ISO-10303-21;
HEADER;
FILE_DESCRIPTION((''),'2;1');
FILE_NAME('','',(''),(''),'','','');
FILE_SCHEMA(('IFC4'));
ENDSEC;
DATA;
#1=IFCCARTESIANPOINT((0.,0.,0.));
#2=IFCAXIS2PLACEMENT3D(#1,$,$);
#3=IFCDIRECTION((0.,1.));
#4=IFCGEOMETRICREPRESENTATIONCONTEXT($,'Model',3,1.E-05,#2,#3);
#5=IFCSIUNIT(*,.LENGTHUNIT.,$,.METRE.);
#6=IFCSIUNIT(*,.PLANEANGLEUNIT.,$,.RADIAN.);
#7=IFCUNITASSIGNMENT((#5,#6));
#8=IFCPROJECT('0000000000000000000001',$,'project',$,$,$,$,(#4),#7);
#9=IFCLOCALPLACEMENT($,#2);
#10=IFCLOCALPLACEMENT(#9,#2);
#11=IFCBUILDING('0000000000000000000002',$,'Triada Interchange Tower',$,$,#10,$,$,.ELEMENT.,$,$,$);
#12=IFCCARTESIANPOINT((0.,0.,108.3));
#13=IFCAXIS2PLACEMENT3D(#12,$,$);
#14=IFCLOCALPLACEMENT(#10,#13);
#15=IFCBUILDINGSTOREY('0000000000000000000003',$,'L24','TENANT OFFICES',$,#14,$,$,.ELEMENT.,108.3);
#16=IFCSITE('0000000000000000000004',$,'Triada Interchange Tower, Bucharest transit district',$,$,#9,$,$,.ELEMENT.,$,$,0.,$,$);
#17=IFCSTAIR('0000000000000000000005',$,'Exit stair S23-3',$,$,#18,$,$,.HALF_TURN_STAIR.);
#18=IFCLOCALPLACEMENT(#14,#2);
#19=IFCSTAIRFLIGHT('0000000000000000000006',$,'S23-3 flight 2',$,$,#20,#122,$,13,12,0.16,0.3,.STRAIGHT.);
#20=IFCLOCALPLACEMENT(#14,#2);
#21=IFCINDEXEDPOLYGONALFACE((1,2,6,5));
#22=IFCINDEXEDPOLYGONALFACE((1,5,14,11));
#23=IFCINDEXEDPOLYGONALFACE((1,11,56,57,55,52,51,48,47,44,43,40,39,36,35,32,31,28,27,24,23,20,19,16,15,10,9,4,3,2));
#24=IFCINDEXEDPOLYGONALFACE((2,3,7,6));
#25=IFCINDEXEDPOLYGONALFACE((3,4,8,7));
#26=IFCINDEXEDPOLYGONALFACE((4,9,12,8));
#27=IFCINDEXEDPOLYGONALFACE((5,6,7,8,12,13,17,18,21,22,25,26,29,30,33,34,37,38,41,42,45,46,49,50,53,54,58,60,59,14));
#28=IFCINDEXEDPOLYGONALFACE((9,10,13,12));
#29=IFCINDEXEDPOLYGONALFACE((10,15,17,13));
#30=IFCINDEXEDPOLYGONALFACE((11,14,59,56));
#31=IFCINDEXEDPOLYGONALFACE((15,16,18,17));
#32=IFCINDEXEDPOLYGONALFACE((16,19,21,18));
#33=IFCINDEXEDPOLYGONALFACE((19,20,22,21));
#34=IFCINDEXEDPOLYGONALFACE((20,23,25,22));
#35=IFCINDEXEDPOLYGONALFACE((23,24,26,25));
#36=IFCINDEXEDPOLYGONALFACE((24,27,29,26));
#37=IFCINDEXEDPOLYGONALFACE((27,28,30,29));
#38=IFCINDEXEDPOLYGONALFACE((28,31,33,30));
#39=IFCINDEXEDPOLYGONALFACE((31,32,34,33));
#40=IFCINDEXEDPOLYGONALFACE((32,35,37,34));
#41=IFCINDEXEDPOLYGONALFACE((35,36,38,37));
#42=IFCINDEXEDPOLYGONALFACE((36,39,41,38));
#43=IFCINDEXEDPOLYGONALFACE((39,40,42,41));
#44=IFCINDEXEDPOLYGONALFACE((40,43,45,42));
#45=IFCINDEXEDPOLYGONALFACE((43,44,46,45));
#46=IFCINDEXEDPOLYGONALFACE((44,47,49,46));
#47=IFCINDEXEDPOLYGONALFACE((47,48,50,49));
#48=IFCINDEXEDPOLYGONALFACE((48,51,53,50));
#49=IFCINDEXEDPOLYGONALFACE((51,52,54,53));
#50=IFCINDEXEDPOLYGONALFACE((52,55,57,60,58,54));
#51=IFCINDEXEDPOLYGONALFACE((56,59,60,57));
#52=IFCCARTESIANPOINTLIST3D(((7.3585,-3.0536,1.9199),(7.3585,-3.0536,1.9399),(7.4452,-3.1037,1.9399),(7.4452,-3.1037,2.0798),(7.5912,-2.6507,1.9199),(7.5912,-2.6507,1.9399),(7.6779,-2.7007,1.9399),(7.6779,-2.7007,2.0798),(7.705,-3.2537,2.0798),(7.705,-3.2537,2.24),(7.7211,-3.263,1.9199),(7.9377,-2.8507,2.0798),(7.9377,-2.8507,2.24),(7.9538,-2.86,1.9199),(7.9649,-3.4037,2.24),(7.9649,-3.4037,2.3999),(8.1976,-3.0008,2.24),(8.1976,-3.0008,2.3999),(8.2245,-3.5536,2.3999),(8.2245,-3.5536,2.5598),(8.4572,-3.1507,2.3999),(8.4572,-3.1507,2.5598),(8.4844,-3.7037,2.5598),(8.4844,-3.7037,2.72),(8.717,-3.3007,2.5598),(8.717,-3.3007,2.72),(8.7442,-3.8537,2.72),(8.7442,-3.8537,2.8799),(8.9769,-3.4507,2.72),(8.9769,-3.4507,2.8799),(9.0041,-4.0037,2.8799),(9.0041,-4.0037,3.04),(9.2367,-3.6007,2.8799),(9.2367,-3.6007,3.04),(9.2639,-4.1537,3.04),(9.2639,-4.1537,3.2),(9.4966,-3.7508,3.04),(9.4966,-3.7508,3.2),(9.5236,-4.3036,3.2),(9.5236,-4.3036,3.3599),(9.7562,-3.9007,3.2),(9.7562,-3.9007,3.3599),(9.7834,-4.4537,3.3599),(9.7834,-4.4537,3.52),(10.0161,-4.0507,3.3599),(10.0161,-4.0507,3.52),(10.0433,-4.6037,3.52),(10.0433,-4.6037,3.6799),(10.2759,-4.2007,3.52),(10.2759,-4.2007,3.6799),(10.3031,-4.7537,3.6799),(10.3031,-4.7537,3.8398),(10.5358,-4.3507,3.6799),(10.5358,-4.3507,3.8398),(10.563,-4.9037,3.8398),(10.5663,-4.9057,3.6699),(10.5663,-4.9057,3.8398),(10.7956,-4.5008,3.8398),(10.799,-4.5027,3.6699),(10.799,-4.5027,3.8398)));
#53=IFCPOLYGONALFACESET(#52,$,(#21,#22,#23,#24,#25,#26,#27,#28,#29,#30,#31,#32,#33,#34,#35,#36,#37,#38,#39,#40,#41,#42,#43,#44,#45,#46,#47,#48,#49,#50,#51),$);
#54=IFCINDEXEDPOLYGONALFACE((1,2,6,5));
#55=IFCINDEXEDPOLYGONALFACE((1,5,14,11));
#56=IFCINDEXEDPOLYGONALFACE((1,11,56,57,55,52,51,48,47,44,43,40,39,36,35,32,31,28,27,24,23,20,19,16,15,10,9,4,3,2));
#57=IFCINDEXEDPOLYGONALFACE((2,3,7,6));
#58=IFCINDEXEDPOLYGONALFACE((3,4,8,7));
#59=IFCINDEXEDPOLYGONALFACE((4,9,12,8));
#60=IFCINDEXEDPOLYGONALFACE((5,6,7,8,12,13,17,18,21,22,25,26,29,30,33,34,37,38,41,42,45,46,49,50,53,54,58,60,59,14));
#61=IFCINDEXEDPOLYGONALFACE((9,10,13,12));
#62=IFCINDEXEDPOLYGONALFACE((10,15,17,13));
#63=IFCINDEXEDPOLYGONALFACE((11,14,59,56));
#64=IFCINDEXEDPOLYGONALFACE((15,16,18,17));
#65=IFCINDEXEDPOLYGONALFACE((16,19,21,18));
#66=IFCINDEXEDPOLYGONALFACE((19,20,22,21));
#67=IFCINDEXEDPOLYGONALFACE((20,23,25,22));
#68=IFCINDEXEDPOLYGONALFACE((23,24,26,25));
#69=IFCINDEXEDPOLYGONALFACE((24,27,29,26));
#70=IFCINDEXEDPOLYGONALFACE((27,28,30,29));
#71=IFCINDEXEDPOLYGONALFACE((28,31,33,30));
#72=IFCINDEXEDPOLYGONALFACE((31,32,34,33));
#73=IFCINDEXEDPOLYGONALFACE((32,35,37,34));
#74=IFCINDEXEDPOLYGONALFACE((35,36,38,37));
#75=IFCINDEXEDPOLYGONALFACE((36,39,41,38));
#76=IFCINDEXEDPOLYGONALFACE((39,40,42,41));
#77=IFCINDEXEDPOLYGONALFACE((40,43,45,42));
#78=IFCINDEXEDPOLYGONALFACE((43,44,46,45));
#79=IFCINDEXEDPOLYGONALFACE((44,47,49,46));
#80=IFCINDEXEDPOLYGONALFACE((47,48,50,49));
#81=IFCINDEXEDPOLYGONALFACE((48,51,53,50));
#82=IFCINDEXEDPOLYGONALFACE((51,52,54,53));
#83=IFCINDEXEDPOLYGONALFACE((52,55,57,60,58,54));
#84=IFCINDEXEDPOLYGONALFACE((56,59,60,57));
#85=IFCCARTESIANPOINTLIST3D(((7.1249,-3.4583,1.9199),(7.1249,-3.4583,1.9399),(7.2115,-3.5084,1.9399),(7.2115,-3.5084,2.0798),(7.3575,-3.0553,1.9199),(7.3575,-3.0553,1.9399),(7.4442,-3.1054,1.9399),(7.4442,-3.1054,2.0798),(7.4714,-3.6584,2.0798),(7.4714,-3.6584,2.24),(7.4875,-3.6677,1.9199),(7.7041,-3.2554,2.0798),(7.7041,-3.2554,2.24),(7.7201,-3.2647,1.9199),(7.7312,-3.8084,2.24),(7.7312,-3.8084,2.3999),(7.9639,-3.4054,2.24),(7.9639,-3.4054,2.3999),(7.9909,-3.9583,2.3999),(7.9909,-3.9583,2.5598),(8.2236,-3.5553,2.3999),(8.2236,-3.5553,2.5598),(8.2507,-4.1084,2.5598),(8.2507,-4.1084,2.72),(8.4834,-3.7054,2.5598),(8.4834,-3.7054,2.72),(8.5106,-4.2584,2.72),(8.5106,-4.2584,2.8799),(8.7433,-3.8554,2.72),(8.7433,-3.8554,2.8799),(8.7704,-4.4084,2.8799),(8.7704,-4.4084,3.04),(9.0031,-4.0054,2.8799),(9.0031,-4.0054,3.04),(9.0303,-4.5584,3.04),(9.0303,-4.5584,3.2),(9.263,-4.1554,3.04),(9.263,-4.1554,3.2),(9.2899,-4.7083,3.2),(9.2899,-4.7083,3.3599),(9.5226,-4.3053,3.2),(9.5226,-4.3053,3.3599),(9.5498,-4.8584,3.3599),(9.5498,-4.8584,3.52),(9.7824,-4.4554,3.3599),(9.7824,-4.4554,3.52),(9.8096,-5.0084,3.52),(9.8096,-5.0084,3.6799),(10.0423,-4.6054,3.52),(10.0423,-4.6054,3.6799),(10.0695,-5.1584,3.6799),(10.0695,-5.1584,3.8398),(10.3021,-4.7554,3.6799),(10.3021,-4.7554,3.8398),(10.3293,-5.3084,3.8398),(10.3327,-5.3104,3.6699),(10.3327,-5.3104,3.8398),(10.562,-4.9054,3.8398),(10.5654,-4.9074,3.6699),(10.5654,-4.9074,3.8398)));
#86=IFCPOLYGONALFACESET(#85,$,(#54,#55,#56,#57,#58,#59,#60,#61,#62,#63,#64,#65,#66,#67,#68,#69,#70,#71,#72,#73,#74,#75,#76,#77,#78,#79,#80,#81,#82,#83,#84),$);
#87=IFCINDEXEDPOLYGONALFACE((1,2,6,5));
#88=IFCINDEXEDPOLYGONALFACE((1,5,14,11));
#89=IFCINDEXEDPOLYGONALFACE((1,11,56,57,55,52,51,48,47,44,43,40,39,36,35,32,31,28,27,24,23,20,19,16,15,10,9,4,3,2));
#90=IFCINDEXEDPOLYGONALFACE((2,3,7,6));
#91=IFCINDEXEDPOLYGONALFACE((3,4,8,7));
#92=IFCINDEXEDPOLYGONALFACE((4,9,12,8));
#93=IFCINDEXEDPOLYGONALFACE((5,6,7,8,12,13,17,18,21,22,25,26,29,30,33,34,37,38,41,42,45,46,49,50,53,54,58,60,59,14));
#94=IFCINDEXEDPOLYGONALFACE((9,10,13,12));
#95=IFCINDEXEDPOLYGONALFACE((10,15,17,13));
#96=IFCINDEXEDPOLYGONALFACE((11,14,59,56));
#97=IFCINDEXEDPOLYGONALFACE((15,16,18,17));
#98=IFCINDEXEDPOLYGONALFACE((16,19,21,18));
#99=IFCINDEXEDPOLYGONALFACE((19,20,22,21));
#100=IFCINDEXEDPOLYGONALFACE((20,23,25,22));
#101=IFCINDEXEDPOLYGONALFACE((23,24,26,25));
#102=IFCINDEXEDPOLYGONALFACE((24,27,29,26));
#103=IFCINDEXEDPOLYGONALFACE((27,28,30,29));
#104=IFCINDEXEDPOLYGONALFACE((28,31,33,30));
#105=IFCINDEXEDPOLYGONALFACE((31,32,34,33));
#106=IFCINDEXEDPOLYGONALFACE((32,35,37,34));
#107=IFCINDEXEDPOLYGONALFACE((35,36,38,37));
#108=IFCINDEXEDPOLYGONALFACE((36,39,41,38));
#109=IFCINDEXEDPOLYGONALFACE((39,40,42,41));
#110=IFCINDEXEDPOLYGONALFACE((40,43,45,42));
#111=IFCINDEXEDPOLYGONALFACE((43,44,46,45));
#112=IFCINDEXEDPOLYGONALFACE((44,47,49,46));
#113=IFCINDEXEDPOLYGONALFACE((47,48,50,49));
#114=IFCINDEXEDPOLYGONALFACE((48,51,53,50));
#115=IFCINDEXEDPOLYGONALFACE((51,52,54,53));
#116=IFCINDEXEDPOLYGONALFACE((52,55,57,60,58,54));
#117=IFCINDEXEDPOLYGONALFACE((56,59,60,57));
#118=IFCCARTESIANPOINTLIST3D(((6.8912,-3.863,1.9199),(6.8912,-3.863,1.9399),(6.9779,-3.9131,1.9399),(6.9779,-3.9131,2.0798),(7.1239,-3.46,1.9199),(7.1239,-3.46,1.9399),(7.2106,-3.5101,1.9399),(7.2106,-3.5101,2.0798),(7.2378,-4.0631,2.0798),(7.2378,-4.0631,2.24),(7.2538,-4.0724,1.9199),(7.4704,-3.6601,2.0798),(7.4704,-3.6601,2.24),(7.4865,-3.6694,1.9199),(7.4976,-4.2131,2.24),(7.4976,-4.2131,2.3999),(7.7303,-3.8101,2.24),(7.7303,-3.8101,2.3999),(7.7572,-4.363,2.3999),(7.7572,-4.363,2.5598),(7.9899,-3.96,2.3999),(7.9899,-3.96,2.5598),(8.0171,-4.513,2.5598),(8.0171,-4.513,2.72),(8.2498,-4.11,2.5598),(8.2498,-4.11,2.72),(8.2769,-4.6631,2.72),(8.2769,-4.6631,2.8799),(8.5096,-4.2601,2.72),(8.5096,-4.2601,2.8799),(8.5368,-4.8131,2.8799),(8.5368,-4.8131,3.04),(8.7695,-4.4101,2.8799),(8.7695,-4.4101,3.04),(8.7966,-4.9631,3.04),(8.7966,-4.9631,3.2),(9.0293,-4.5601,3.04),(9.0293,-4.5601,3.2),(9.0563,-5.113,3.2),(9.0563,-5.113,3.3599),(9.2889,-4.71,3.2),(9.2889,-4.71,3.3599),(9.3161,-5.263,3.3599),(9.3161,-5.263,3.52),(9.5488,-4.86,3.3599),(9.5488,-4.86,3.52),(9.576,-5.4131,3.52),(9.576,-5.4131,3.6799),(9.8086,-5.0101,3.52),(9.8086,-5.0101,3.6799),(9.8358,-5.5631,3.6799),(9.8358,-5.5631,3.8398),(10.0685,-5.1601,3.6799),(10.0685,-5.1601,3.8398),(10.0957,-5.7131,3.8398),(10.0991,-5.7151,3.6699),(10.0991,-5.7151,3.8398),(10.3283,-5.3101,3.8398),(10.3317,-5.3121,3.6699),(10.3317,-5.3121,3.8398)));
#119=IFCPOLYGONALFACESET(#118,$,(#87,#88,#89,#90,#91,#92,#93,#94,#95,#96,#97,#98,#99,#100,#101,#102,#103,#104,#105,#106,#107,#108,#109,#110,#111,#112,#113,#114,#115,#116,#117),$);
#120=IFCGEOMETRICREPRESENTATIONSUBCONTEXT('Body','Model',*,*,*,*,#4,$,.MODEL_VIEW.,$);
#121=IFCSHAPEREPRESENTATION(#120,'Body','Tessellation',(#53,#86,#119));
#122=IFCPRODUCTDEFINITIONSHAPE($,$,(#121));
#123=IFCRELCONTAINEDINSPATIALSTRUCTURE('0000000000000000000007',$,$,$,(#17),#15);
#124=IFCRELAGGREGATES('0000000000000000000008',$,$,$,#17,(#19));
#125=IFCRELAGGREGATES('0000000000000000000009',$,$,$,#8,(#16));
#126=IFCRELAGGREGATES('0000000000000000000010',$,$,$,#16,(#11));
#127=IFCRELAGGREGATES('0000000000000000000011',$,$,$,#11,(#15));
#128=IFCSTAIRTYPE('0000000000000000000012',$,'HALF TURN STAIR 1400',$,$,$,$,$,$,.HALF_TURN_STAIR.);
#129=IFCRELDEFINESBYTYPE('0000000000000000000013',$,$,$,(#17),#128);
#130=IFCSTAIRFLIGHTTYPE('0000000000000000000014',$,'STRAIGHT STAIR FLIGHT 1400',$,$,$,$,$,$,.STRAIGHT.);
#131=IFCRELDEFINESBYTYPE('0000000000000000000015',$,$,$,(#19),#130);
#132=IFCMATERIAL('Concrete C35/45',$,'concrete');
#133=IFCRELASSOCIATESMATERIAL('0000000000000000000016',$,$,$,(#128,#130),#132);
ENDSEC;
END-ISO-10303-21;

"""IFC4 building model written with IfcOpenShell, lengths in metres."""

from ifc_helpers import new_model, si_unit, direction, frame, origin, place, context, subcontext, project, spatial, polyline, outline, extrude, material, type_object, element, aggregate, save


model = new_model("IFC4")

# Units and contexts
model_context = context("Model", 3, precision=1e-05, world=origin(), true_north=direction((0.0, 1.0)))
body_context = subcontext(model_context, "Body", "Model", "MODEL_VIEW")
ifc_project = project(units=[si_unit("LENGTHUNIT", "METRE"), si_unit("PLANEANGLEUNIT", "RADIAN")], contexts=[model_context])

# Site, building, storey
site_placement = place(None, origin())
site = spatial("IfcSite", under=ifc_project, at=site_placement, Name="Triada Interchange Tower, Bucharest transit district", CompositionType="ELEMENT", RefElevation=0.0)
building_placement = place(site_placement, origin())
building = spatial("IfcBuilding", under=site, at=building_placement, Name="Triada Interchange Tower", CompositionType="ELEMENT")
storey_placement = place(building_placement, frame((0.0, 0.0, 108.3)))
storey = spatial("IfcBuildingStorey", under=building, at=storey_placement, Name="L24", Description="TENANT OFFICES", CompositionType="ELEMENT", Elevation=108.3)

# Stair, stair flight
ifc_material_1 = material(Name="Concrete C35/45", Category="concrete")
stair_type = type_object("IfcStairType", Name="HALF TURN STAIR 1400", PredefinedType="HALF_TURN_STAIR", material=ifc_material_1)
stair_placement = place(storey_placement, origin())
stair = element("IfcStair", 1, at=stair_placement, inside=storey, type_object=stair_type, Name="Exit stair S23-3", PredefinedType="HALF_TURN_STAIR")
stair_flight_type = type_object("IfcStairFlightType", Name="STRAIGHT STAIR FLIGHT 1400", PredefinedType="STRAIGHT", material=ifc_material_1)
stair_flight_1_placement = place(storey_placement, frame((7.3279, -3.3069, 1.9199), z_axis=(0.0, 0.0, 1.0), x_axis=(0.866025, -0.5, 0.0)))
stair_flight_1 = element("IfcStairFlight", 2, at=stair_flight_1_placement, type_object=stair_flight_type, Name="S23-3 flight 2", NumberOfRisers=13, NumberOfTreads=12, PredefinedType="STRAIGHT", RiserHeight=0.16, TreadLength=0.3, context=body_context, shape_type="SweptSolid", body=[
    extrude(outline(polyline([(-0.1001, 0.0), (-0.1001, 0.02), (0.0, 0.02), (0.0, 0.1599), (0.3, 0.1599), (0.3, 0.3201), (0.6001, 0.3201), (0.6001, 0.48), (0.8999, 0.48), (0.8999, 0.6399), (1.2, 0.6399), (1.2, 0.8), (1.5, 0.8), (1.5, 0.96), (1.8, 0.96), (1.8, 1.1201), (2.1001, 1.1201), (2.1001, 1.28), (2.3999, 1.28), (2.3999, 1.4399), (2.7, 1.4399), (2.7, 1.6001), (3.0, 1.6001), (3.0, 1.76), (3.3, 1.76), (3.3, 1.9199), (3.6001, 1.9199), (3.604, 1.9199), (3.604, 2.0801), (3.604, 1.75), (0.3186, 0.0), (-0.1001, 0.0)])), frame((0.0, 0.7, 0.0), z_axis=(0.0, -1.0, 0.0), x_axis=(1.0, 0.0, 0.0)), (0.0, 0.0, 1.0), 0.4653),
    extrude(outline(polyline([(-0.1001, 0.0), (-0.1001, 0.02), (0.0, 0.02), (0.0, 0.1599), (0.3, 0.1599), (0.3, 0.3201), (0.6001, 0.3201), (0.6001, 0.48), (0.8999, 0.48), (0.8999, 0.6399), (1.2, 0.6399), (1.2, 0.8), (1.5, 0.8), (1.5, 0.96), (1.8, 0.96), (1.8, 1.1201), (2.1001, 1.1201), (2.1001, 1.28), (2.3999, 1.28), (2.3999, 1.4399), (2.7, 1.4399), (2.7, 1.6001), (3.0, 1.6001), (3.0, 1.76), (3.3, 1.76), (3.3, 1.9199), (3.6001, 1.9199), (3.604, 1.9199), (3.604, 2.0801), (3.604, 1.75), (0.3186, 0.0), (-0.1001, 0.0)])), frame((0.0, 0.2327, 0.0), z_axis=(0.0, -1.0, 0.0), x_axis=(1.0, 0.0, 0.0)), (0.0, 0.0, 1.0), 0.4653),
    extrude(outline(polyline([(-0.1001, 0.0), (-0.1001, 0.02), (0.0, 0.02), (0.0, 0.1599), (0.3, 0.1599), (0.3, 0.3201), (0.6001, 0.3201), (0.6001, 0.48), (0.8999, 0.48), (0.8999, 0.6399), (1.2, 0.6399), (1.2, 0.8), (1.5, 0.8), (1.5, 0.96), (1.8, 0.96), (1.8, 1.1201), (2.1001, 1.1201), (2.1001, 1.28), (2.3999, 1.28), (2.3999, 1.4399), (2.7, 1.4399), (2.7, 1.6001), (3.0, 1.6001), (3.0, 1.76), (3.3, 1.76), (3.3, 1.9199), (3.6001, 1.9199), (3.604, 1.9199), (3.604, 2.0801), (3.604, 1.75), (0.3186, 0.0), (-0.1001, 0.0)])), frame((0.0, -0.2346, 0.0), z_axis=(0.0, -1.0, 0.0), x_axis=(1.0, 0.0, 0.0)), (0.0, 0.0, 1.0), 0.4653),
])
aggregate(stair, [stair_flight_1])

save(model, "model.ifc")
